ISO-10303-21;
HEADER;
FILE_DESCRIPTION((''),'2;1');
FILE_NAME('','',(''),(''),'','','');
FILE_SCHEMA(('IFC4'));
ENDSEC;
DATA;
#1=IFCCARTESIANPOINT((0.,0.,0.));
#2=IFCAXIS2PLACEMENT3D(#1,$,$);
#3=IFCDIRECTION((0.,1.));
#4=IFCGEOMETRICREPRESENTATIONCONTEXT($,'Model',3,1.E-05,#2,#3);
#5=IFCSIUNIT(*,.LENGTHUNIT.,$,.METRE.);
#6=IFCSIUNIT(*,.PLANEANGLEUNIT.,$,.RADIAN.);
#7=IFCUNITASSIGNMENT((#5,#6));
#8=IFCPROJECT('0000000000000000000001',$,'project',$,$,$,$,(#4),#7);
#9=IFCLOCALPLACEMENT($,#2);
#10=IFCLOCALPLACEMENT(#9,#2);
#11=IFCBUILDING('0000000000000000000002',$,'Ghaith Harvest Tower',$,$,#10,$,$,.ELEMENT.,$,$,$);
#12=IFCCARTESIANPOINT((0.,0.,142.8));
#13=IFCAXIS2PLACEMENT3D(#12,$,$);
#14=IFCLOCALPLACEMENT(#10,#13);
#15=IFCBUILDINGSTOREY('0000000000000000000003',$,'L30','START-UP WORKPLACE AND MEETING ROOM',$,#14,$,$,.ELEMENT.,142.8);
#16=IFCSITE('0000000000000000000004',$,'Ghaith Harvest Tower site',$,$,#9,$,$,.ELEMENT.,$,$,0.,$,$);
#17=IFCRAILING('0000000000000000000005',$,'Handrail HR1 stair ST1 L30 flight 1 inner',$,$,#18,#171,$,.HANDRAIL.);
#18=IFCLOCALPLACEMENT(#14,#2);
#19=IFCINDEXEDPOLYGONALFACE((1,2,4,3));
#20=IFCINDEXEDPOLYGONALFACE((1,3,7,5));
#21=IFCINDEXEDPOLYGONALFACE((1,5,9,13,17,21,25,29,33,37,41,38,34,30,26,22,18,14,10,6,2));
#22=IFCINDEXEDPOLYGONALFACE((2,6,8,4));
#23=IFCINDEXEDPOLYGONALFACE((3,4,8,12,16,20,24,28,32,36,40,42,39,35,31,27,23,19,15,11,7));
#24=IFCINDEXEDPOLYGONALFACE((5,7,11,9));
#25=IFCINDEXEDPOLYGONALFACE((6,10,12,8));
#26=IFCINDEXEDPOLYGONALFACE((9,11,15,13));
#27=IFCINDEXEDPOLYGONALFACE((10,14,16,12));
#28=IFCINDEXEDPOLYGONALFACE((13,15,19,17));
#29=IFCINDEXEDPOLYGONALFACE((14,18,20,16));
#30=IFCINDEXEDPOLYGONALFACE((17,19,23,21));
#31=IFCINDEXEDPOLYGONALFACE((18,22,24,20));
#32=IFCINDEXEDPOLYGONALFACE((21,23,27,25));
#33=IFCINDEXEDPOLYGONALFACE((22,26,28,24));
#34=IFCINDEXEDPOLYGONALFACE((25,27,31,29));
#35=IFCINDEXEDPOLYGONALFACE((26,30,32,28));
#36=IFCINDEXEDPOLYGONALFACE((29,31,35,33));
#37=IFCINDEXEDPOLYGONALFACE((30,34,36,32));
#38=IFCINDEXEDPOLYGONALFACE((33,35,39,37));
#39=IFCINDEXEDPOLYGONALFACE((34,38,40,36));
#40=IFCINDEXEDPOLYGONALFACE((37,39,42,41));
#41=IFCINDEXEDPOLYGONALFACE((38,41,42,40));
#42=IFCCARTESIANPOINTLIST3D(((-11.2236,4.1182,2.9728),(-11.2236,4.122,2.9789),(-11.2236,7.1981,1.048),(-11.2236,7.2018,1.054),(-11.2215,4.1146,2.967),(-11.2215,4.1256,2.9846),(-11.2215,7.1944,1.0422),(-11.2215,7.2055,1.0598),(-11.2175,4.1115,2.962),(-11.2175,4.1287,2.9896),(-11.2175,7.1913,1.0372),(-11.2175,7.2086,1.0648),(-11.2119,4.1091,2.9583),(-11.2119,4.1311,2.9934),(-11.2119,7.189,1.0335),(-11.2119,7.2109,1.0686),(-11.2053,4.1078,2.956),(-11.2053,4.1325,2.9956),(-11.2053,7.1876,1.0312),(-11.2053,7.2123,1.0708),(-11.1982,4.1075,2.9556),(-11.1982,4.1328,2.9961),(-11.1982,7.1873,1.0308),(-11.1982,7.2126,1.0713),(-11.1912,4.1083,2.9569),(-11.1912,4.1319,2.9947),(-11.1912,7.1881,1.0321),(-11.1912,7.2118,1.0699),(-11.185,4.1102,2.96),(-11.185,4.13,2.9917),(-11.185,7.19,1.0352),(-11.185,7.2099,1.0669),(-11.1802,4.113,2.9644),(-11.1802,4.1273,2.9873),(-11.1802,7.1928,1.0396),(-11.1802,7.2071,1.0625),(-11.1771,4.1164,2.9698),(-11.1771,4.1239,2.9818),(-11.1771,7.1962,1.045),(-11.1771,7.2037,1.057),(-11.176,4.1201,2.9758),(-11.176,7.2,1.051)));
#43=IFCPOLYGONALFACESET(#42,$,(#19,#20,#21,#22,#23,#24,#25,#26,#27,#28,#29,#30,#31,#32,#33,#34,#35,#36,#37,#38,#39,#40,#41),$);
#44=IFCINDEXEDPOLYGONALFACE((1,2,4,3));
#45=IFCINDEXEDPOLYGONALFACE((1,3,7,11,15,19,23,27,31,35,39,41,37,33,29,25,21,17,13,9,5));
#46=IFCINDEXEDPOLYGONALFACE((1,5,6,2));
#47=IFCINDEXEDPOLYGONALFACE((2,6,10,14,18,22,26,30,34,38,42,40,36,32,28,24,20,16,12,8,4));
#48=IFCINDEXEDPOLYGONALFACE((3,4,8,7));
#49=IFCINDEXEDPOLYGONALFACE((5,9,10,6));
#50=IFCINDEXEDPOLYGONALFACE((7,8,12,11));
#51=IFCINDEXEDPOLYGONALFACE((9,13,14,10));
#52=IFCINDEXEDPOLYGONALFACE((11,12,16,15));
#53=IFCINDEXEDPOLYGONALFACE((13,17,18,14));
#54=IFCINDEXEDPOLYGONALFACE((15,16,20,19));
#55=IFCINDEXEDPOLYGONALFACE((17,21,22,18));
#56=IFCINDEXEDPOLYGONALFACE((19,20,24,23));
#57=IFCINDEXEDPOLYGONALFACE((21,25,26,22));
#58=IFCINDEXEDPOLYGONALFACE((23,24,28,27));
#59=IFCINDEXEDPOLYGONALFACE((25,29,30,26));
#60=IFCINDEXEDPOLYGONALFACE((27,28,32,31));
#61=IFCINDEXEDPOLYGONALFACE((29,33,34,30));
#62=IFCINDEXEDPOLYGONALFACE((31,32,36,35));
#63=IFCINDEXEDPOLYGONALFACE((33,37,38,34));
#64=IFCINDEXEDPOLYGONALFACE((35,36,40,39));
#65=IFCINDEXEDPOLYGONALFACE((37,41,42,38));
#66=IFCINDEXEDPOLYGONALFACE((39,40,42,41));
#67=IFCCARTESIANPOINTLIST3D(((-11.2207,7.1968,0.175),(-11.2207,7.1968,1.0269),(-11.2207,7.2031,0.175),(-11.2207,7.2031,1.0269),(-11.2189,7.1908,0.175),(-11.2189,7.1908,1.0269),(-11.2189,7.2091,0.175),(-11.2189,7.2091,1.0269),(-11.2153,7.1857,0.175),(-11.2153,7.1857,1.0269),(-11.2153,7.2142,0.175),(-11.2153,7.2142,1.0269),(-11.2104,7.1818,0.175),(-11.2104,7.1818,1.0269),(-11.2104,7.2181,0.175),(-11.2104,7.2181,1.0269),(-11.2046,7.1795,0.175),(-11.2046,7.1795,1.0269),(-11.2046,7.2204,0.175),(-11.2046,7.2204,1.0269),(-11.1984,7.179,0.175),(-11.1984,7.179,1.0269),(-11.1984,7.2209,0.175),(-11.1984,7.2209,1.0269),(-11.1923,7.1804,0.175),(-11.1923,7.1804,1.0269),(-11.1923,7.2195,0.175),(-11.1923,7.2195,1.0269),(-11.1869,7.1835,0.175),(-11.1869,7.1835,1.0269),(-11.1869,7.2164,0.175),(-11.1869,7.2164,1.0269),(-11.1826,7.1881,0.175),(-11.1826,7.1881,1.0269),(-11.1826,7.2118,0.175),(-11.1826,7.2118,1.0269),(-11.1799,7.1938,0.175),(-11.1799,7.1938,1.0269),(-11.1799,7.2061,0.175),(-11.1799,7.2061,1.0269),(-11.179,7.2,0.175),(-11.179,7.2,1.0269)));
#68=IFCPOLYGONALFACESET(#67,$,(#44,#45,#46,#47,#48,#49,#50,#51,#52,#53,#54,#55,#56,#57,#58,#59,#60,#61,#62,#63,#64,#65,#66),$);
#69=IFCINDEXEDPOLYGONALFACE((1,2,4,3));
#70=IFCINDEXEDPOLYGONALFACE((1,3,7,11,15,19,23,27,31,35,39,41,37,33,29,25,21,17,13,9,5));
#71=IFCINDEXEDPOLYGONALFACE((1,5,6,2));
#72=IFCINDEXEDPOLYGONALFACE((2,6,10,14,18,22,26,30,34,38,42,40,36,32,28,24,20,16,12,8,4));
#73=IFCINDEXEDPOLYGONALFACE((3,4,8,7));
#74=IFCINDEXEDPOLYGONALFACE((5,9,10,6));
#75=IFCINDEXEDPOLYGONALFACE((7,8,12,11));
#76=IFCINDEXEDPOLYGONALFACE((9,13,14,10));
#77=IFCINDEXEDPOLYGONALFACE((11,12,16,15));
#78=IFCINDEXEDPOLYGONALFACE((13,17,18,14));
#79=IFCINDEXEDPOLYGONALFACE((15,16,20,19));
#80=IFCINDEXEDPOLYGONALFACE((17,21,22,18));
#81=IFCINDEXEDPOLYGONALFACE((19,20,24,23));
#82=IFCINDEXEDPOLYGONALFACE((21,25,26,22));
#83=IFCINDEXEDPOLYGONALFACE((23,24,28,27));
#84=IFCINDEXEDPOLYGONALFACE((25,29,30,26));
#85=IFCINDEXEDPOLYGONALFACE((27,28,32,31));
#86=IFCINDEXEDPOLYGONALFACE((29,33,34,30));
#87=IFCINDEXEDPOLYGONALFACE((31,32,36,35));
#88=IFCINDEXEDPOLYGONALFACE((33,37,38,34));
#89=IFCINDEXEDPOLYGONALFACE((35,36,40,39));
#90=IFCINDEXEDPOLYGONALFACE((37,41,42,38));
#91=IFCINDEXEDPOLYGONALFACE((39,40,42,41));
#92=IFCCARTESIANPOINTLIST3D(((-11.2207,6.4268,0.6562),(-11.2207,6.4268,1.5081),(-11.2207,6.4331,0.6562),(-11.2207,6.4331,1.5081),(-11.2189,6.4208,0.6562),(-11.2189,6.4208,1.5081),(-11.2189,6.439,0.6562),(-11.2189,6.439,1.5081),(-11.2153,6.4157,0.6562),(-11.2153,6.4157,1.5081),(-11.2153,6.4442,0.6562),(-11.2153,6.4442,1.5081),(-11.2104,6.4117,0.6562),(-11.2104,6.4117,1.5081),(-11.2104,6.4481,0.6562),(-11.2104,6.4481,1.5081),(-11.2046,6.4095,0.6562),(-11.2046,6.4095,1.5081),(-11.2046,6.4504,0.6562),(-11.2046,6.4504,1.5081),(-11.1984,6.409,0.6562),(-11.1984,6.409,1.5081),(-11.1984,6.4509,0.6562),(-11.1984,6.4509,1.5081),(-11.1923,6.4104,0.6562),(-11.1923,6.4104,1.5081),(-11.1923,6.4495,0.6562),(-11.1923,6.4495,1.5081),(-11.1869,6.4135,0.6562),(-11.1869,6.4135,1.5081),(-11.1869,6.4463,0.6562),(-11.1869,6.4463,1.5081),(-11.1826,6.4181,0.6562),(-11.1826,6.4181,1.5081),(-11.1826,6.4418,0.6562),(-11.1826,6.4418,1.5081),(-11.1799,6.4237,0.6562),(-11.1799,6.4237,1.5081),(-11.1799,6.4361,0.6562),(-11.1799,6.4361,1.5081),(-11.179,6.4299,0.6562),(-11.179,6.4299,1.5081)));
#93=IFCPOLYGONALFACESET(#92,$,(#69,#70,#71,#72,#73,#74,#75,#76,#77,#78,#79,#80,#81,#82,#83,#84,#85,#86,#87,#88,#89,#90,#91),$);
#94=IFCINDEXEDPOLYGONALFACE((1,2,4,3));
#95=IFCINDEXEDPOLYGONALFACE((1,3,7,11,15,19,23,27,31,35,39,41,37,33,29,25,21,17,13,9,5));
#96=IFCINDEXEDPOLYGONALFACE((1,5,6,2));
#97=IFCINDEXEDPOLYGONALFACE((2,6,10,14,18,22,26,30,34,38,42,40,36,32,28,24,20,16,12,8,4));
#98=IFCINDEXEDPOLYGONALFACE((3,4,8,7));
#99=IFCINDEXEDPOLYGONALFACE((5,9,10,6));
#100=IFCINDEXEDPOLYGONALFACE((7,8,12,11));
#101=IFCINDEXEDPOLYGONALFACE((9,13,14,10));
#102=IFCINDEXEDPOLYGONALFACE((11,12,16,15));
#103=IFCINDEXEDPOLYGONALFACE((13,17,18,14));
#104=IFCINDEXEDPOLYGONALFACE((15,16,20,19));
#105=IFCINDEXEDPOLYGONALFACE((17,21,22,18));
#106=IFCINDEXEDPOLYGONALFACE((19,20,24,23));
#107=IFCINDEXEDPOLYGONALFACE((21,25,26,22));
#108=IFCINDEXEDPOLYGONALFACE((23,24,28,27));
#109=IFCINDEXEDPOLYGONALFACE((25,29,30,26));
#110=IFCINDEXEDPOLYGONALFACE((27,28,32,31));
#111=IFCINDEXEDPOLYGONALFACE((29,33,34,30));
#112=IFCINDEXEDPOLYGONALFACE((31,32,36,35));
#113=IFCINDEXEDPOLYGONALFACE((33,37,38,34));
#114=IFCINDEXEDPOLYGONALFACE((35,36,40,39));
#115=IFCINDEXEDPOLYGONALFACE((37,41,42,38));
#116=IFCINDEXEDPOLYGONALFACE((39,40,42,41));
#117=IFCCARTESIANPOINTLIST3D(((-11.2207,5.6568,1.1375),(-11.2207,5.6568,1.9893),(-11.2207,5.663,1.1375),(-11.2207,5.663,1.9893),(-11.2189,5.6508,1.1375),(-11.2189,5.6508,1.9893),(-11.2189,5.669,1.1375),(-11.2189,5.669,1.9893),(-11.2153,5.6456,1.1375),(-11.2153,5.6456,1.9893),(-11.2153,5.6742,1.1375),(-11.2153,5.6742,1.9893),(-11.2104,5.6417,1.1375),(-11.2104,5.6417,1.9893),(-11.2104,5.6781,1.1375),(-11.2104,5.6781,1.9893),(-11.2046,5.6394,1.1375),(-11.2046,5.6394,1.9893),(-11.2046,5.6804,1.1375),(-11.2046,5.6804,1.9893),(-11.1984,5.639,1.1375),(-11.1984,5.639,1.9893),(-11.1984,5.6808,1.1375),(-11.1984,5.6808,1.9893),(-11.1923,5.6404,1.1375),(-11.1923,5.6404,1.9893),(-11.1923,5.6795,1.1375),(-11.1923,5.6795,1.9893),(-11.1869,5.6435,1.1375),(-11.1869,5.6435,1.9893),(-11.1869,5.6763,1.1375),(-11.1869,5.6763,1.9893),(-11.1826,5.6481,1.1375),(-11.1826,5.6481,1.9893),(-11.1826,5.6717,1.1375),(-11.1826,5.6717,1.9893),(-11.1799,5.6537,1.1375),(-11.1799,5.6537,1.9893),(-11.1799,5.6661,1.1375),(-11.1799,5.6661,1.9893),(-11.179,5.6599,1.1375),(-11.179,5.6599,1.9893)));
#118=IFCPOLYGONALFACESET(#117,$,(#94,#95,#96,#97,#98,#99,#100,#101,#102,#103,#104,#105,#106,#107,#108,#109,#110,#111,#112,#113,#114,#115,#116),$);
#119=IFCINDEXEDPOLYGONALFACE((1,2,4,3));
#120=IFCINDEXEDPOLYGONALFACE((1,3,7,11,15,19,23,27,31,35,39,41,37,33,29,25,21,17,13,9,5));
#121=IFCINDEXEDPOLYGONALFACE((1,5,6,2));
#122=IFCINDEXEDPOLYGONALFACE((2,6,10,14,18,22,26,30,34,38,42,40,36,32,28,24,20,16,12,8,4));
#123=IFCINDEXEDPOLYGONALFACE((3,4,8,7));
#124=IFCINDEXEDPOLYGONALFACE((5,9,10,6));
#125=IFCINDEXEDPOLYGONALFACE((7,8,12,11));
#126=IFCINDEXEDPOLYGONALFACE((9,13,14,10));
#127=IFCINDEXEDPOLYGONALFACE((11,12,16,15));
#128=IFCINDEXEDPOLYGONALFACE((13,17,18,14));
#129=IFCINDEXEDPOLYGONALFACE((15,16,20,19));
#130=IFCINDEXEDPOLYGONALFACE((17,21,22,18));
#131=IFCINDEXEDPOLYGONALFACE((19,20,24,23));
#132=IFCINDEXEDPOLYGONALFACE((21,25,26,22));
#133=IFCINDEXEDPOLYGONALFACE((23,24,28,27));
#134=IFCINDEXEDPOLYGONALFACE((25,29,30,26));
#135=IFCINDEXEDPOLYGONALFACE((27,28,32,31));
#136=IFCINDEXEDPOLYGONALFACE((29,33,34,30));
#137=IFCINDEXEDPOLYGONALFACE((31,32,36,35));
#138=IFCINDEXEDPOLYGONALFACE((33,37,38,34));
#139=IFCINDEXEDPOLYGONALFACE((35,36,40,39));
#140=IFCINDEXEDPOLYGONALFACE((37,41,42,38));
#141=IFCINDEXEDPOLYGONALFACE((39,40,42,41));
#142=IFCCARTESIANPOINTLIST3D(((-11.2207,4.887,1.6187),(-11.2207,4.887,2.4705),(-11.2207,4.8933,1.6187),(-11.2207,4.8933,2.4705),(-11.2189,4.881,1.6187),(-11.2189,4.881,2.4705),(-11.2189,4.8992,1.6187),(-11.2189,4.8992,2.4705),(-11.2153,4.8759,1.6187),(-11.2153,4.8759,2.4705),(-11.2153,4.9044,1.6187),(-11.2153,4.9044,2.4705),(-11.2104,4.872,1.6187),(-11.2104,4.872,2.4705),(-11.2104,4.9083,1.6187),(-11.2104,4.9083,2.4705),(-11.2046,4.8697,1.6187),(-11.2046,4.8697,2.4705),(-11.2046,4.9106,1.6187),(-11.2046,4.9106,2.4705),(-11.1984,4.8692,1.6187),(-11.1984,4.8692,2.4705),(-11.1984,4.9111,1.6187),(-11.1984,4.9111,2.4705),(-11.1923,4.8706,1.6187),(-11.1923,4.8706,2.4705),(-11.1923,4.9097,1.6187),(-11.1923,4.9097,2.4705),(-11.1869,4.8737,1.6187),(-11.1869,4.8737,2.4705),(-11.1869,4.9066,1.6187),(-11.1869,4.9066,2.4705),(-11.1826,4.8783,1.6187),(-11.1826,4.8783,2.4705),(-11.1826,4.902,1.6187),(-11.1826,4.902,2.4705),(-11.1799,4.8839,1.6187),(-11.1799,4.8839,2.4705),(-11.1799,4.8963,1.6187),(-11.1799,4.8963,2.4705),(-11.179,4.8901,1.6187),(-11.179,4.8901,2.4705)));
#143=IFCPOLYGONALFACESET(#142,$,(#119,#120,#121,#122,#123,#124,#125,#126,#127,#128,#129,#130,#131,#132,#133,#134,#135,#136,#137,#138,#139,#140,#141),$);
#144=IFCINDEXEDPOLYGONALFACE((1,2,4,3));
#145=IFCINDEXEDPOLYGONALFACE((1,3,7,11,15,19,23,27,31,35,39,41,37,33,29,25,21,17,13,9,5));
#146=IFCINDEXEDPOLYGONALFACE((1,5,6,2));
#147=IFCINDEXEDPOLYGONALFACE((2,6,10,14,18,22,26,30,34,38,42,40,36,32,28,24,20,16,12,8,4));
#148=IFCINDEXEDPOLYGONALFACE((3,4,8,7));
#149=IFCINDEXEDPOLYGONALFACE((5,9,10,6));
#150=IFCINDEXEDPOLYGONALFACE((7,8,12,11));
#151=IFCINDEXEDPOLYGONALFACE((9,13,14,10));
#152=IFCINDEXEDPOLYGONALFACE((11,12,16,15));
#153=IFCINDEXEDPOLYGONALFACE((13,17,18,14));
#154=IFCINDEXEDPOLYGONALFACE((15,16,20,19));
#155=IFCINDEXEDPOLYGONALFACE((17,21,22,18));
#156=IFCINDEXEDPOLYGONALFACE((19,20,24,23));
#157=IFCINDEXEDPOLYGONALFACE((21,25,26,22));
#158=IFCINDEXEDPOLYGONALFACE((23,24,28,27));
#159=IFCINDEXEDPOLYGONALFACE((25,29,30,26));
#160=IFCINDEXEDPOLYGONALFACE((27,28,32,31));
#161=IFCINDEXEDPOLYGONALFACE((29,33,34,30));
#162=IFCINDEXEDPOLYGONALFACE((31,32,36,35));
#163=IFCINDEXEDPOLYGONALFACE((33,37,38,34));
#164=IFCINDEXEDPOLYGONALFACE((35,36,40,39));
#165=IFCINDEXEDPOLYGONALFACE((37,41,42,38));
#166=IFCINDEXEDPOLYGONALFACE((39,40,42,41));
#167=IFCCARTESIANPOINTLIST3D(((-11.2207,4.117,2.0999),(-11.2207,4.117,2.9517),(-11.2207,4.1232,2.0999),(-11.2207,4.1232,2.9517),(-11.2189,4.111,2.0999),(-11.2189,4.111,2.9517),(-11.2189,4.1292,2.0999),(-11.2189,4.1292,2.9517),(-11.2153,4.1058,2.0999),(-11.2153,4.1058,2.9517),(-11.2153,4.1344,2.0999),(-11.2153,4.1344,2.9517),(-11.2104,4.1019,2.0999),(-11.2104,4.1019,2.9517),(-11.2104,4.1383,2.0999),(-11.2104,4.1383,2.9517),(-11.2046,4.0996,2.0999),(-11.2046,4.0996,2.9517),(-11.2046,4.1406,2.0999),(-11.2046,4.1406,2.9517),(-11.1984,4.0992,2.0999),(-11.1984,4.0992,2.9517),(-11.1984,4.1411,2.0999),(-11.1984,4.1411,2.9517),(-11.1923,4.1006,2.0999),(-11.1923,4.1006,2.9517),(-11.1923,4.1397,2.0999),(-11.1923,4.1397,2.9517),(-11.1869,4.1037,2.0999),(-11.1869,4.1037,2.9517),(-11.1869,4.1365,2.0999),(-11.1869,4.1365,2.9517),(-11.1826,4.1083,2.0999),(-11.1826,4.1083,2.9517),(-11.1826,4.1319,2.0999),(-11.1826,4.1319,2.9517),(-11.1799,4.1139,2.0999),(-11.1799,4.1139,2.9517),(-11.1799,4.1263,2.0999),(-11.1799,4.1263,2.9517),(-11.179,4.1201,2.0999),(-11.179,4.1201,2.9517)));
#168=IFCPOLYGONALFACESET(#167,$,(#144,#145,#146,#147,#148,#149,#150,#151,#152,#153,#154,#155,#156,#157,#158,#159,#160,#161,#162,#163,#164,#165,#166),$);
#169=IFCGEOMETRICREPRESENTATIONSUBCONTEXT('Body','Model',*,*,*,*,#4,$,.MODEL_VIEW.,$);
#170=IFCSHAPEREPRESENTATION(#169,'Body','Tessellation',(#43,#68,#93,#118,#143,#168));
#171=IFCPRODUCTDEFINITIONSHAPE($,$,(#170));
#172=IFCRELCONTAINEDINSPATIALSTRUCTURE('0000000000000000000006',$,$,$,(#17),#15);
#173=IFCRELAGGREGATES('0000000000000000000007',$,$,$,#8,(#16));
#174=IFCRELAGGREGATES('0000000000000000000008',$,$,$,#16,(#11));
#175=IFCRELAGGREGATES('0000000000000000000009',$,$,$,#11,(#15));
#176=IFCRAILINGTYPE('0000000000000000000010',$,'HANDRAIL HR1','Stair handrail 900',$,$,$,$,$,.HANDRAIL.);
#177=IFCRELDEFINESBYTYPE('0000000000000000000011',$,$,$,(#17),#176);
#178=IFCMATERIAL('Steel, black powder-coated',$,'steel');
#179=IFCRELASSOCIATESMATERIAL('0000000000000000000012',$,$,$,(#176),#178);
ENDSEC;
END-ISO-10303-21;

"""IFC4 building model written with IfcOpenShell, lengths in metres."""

from ifc_helpers import new_model, si_unit, direction, frame, origin, origin_2d, place, context, subcontext, project, spatial, circle, extrude, material, type_object, element, save


model = new_model("IFC4")

# Units and contexts
model_context = context("Model", 3, precision=1e-05, world=origin(), true_north=direction((0.0, 1.0)))
body_context = subcontext(model_context, "Body", "Model", "MODEL_VIEW")
ifc_project = project(units=[si_unit("LENGTHUNIT", "METRE"), si_unit("PLANEANGLEUNIT", "RADIAN")], contexts=[model_context])

# Site, building, storey
site_placement = place(None, origin())
site = spatial("IfcSite", under=ifc_project, at=site_placement, Name="Ghaith Harvest Tower site", CompositionType="ELEMENT", RefElevation=0.0)
building_placement = place(site_placement, origin())
building = spatial("IfcBuilding", under=site, at=building_placement, Name="Ghaith Harvest Tower", CompositionType="ELEMENT")
storey_placement = place(building_placement, frame((0.0, 0.0, 142.8)))
storey = spatial("IfcBuildingStorey", under=building, at=storey_placement, Name="L30", Description="START-UP WORKPLACE AND MEETING ROOM", CompositionType="ELEMENT", Elevation=142.8)

# Railing
ifc_material_1 = material(Name="Steel, black powder-coated", Category="steel")
railing_type = type_object("IfcRailingType", Name="HANDRAIL HR1", Description="Stair handrail 900", PredefinedType="HANDRAIL", material=ifc_material_1)
railing_1_placement = place(storey_placement, frame((-11.2, 7.2, 0.175)))
element("IfcRailing", 1, at=railing_1_placement, inside=storey, type_object=railing_type, Name="Handrail HR1 stair ST1 L30 flight 1 inner", PredefinedType="HANDRAIL", context=body_context, shape_type="SweptSolid", body=[
    extrude(circle(Radius=0.0239, at=origin_2d()), frame((0.0, 0.0, 0.876), z_axis=(0.0, -0.84801, 0.529981), x_axis=(1.0, 0.0, 0.0)), (0.0, 0.0, 1.0), 3.6318),
    extrude(circle(Radius=0.021, at=origin_2d()), origin(), (0.0, 0.0, 1.0), 0.8518),
    extrude(circle(Radius=0.021, at=origin_2d()), frame((0.0, -0.77, 0.4812)), (0.0, 0.0, 1.0), 0.8518),
    extrude(circle(Radius=0.021, at=origin_2d()), frame((0.0, -1.54, 0.9624)), (0.0, 0.0, 1.0), 0.8518),
    extrude(circle(Radius=0.021, at=origin_2d()), frame((0.0, -2.3098, 1.4436)), (0.0, 0.0, 1.0), 0.8518),
    extrude(circle(Radius=0.021, at=origin_2d()), frame((0.0, -3.0798, 1.9248)), (0.0, 0.0, 1.0), 0.8518),
])

save(model, "model.ifc")
